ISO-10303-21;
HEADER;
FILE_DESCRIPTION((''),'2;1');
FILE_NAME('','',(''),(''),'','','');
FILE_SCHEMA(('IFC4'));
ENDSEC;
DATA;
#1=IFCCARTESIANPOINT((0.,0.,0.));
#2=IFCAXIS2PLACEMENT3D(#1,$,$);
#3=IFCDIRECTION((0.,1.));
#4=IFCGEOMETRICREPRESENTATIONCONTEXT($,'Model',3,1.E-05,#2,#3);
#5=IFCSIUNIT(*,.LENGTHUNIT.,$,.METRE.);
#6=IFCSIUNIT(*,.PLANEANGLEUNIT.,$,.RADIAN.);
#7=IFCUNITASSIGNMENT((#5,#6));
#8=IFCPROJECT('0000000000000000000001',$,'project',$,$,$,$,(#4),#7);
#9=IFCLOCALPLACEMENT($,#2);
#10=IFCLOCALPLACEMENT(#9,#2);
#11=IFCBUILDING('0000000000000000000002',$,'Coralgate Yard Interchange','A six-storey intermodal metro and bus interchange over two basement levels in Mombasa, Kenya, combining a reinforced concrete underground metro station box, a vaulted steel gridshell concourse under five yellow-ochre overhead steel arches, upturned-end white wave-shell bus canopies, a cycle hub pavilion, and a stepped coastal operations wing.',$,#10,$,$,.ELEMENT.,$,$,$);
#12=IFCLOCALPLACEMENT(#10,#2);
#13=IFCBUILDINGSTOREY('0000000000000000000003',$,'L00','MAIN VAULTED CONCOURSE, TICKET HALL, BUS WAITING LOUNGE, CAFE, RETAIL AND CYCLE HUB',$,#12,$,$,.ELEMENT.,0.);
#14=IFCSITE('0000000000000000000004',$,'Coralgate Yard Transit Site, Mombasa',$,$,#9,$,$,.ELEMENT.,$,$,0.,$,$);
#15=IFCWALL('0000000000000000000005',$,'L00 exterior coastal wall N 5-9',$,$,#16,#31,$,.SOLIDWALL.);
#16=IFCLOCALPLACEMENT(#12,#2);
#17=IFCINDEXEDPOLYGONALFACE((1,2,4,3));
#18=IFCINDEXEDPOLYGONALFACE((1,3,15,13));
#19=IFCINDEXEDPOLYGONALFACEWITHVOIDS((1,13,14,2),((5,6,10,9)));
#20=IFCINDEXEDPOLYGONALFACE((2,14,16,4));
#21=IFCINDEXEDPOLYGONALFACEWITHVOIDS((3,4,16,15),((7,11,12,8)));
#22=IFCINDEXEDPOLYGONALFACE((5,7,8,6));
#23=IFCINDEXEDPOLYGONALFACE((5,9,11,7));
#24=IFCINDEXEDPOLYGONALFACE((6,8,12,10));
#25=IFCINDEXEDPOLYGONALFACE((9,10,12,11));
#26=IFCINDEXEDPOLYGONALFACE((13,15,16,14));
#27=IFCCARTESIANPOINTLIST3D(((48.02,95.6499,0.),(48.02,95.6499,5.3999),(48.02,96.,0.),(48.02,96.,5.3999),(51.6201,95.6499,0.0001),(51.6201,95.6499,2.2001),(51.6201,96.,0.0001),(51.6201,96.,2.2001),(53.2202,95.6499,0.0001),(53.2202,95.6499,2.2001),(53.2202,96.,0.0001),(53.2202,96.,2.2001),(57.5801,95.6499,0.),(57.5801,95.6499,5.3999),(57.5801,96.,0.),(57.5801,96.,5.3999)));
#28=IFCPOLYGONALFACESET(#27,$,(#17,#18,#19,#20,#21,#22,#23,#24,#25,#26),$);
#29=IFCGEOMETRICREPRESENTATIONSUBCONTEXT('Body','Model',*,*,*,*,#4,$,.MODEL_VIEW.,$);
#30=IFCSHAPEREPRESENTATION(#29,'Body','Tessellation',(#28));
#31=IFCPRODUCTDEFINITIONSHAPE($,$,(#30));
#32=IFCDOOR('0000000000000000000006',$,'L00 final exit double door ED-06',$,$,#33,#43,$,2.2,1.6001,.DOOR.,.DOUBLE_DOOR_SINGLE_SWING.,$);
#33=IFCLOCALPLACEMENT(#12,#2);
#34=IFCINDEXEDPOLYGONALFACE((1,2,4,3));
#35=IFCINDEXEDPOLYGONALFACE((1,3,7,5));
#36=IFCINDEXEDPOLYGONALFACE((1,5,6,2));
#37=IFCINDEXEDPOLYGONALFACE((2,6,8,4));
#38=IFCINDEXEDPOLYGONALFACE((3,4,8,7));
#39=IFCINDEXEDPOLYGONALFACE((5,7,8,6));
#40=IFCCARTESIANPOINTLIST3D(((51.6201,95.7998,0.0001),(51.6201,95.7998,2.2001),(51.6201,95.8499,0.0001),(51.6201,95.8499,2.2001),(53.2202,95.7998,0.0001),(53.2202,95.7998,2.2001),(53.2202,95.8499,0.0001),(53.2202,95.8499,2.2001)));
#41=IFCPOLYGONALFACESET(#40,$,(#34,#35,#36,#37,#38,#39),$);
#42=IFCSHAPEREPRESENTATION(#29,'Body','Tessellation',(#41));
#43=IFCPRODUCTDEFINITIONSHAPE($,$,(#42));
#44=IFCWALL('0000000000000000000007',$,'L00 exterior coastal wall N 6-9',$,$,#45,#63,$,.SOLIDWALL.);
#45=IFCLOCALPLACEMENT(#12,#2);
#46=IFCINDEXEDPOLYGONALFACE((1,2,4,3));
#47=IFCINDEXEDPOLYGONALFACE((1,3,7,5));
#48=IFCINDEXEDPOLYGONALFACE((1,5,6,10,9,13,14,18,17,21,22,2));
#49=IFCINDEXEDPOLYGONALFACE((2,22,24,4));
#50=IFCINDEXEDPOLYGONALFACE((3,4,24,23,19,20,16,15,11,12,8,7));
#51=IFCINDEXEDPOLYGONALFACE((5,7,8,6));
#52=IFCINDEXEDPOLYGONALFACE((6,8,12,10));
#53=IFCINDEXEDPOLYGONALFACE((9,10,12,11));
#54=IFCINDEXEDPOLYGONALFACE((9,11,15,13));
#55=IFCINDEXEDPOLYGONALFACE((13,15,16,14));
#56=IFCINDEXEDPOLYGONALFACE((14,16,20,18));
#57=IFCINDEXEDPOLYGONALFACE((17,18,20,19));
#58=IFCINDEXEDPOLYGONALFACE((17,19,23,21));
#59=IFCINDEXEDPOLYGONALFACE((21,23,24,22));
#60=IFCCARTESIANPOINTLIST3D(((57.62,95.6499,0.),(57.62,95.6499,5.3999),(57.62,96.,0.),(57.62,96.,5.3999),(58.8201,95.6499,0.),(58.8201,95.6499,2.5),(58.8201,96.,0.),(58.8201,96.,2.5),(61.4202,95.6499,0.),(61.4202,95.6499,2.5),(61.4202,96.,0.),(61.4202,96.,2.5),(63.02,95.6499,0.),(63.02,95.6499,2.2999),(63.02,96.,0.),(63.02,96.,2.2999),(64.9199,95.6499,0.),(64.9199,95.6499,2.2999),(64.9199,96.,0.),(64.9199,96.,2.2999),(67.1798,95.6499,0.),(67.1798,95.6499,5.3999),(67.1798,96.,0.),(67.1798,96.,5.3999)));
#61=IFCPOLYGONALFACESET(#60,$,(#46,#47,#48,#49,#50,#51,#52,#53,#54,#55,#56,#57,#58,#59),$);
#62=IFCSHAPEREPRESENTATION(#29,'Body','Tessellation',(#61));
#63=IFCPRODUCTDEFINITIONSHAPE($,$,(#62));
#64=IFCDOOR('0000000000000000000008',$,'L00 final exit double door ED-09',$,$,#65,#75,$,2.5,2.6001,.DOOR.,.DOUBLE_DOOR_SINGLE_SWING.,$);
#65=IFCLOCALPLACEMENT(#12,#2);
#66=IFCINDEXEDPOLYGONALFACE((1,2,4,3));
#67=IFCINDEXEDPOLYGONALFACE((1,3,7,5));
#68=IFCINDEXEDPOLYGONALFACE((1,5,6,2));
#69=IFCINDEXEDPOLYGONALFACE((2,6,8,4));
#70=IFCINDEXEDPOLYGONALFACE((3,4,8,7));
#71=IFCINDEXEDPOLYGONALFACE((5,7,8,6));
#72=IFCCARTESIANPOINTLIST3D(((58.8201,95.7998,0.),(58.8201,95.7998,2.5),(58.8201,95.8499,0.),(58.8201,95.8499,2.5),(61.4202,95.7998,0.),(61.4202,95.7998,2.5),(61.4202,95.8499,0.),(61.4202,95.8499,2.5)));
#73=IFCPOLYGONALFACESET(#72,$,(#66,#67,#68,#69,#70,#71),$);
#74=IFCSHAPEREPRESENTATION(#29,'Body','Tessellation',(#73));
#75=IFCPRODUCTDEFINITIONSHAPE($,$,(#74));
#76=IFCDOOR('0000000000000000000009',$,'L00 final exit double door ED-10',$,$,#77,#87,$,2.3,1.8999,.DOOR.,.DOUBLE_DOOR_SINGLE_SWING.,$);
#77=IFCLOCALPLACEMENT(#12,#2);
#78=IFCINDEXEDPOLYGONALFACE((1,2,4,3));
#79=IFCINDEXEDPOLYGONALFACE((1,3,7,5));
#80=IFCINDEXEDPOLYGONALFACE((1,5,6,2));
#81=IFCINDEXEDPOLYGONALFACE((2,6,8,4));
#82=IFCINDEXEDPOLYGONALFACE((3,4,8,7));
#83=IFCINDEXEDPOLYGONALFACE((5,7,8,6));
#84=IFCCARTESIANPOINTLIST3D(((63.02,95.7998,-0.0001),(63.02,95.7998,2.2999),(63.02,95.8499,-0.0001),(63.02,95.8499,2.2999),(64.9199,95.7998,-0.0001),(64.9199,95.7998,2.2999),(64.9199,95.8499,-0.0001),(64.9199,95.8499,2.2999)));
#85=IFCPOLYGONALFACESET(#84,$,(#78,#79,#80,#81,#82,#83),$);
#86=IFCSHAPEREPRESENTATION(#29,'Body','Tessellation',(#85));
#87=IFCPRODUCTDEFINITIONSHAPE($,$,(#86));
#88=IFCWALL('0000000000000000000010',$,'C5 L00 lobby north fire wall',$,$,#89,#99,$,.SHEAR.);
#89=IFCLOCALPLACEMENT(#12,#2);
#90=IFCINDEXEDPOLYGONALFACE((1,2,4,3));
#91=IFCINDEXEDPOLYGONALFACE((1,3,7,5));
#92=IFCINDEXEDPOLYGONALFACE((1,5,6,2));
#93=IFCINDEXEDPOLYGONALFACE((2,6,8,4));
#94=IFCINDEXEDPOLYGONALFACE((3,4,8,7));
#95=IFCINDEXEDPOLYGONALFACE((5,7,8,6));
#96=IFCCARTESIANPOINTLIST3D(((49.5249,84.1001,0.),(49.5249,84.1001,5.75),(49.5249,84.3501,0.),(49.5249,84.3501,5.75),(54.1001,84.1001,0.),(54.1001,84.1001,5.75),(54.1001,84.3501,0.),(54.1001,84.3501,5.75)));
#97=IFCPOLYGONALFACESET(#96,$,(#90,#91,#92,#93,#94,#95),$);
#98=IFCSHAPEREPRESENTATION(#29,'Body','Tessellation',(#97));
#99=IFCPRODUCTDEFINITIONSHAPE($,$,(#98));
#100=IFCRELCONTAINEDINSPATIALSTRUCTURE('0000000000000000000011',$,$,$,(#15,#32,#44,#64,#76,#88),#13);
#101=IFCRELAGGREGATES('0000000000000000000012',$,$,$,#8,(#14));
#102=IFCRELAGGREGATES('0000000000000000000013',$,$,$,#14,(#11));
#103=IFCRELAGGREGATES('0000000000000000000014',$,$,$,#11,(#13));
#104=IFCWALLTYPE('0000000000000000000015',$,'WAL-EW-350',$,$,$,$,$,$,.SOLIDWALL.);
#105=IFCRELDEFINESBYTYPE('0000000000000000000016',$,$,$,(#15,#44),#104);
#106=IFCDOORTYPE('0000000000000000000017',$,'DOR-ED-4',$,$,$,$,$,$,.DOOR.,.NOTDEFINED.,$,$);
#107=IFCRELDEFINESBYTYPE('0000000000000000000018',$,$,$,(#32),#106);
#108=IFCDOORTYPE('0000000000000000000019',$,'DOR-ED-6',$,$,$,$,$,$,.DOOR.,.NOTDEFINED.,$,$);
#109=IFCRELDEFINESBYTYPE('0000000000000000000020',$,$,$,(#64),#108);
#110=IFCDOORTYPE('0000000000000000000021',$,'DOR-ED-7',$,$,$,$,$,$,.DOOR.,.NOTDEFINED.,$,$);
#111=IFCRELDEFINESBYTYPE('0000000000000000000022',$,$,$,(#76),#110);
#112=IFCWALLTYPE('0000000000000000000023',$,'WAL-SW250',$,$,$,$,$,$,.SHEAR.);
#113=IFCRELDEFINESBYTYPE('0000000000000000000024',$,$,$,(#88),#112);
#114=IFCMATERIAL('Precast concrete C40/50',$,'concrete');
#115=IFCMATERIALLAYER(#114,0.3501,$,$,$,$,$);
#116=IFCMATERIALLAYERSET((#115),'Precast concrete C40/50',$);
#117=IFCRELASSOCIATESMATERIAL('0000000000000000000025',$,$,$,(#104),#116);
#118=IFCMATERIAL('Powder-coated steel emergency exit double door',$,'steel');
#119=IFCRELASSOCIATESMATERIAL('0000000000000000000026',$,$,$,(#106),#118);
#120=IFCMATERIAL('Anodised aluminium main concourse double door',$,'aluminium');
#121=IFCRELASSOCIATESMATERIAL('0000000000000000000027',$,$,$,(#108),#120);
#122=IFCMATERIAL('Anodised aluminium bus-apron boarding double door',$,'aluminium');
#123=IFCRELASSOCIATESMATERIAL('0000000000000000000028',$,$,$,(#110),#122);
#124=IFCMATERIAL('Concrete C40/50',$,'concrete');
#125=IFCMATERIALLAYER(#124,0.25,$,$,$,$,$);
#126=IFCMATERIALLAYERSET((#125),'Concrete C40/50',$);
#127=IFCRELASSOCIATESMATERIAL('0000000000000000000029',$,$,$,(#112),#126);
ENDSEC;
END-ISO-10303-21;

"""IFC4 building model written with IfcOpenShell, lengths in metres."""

from ifc_helpers import new_model, si_unit, direction, frame, frame_2d, origin, place, context, subcontext, project, spatial, rectangle, extrude, material, layer, layer_set, type_object, element, fill, save


model = new_model("IFC4")

# Units and contexts
model_context = context("Model", 3, precision=1e-05, world=origin(), true_north=direction((0.0, 1.0)))
body_context = subcontext(model_context, "Body", "Model", "MODEL_VIEW")
ifc_project = project(units=[si_unit("LENGTHUNIT", "METRE"), si_unit("PLANEANGLEUNIT", "RADIAN")], contexts=[model_context])

# Site, building, storey
site_placement = place(None, origin())
site = spatial("IfcSite", under=ifc_project, at=site_placement, Name="Coralgate Yard Transit Site, Mombasa", CompositionType="ELEMENT", RefElevation=0.0)
building_placement = place(site_placement, origin())
building = spatial("IfcBuilding", under=site, at=building_placement, Name="Coralgate Yard Interchange", Description="A six-storey intermodal metro and bus interchange over two basement levels in Mombasa, Kenya, combining a reinforced concrete underground metro station box, a vaulted steel gridshell concourse under five yellow-ochre overhead steel arches, upturned-end white wave-shell bus canopies, a cycle hub pavilion, and a stepped coastal operations wing.", CompositionType="ELEMENT")
storey_placement = place(building_placement, origin())
storey = spatial("IfcBuildingStorey", under=building, at=storey_placement, Name="L00", Description="MAIN VAULTED CONCOURSE, TICKET HALL, BUS WAITING LOUNGE, CAFE, RETAIL AND CYCLE HUB", CompositionType="ELEMENT", Elevation=0.0)

# Shared definitions
ifc_material_1 = material(Name="Concrete C40/50", Category="concrete")

# Wall, opening, door
ifc_material_2 = material(Name="Precast concrete C40/50", Category="concrete")
ifc_layer_1 = layer(ifc_material_2, 0.3501)
ifc_layer_set_1 = layer_set([ifc_layer_1], Name="Precast concrete C40/50")
wall_type_1 = type_object("IfcWallType", Name="WAL-EW-350", PredefinedType="SOLIDWALL", material=ifc_layer_set_1)
wall_1_placement = place(storey_placement, frame((48.02, 95.825, 0.0), z_axis=(0.0, 0.0, 1.0), x_axis=(1.0, 0.0, 0.0)))
wall_1 = element("IfcWall", 1, at=wall_1_placement, inside=storey, type_object=wall_type_1, Name="L00 exterior coastal wall N 5-9", PredefinedType="SOLIDWALL", context=body_context, shape_type="SweptSolid", body=[
    extrude(rectangle(XDim=9.5601, YDim=0.3501, at=frame_2d((4.78, 0.0))), origin(), (0.0, 0.0, 1.0), 5.3999),
])
opening_1_placement = place(wall_1_placement, frame((3.6001, 0.0, 0.0)))
opening_1 = element("IfcOpeningElement", 2, at=opening_1_placement, cuts=wall_1, PredefinedType="OPENING", context=body_context, shape_type="SweptSolid", body=[
    extrude(rectangle(XDim=1.6001, YDim=2.2, at=frame_2d((0.8, 1.1001))), frame((0.0, 0.1851, 0.0), z_axis=(0.0, -1.0, 0.0), x_axis=(1.0, 0.0, 0.0)), (0.0, 0.0, 1.0), 0.3701),
])
ifc_material_3 = material(Name="Powder-coated steel emergency exit double door", Category="steel")
door_type_1 = type_object("IfcDoorType", Name="DOR-ED-4", OperationType="NOTDEFINED", PredefinedType="DOOR", material=ifc_material_3)
door_1_placement = place(opening_1_placement, origin())
door_1 = element("IfcDoor", 3, at=door_1_placement, inside=storey, type_object=door_type_1, Name="L00 final exit double door ED-06", OperationType="DOUBLE_DOOR_SINGLE_SWING", OverallHeight=2.2, OverallWidth=1.6001, PredefinedType="DOOR", context=body_context, shape_type="SweptSolid", body=[
    extrude(rectangle(XDim=1.6001, YDim=2.2, at=frame_2d((0.8, 1.1001))), frame((0.0, 0.0249, 0.0), z_axis=(0.0, -1.0, 0.0), x_axis=(1.0, 0.0, 0.0)), (0.0, 0.0, 1.0), 0.05),
])
fill(opening_1, door_1)

# Wall, openings, doors
wall_2_placement = place(storey_placement, frame((57.6201, 95.825, 0.0), z_axis=(0.0, 0.0, 1.0), x_axis=(1.0, 0.0, 0.0)))
wall_2 = element("IfcWall", 4, at=wall_2_placement, inside=storey, type_object=wall_type_1, Name="L00 exterior coastal wall N 6-9", PredefinedType="SOLIDWALL", context=body_context, shape_type="SweptSolid", body=[
    extrude(rectangle(XDim=9.5598, YDim=0.3501, at=frame_2d((4.7798, 0.0))), origin(), (0.0, 0.0, 1.0), 5.3999),
])
opening_2_placement = place(wall_2_placement, frame((1.2, 0.0, 0.0)))
opening_2 = element("IfcOpeningElement", 5, at=opening_2_placement, cuts=wall_2, PredefinedType="OPENING", context=body_context, shape_type="SweptSolid", body=[
    extrude(rectangle(XDim=2.6001, YDim=2.5, at=frame_2d((1.3, 1.25))), frame((0.0, 0.1851, 0.0), z_axis=(0.0, -1.0, 0.0), x_axis=(1.0, 0.0, 0.0)), (0.0, 0.0, 1.0), 0.3701),
])
opening_3_placement = place(wall_2_placement, frame((5.3999, 0.0, 0.0)))
opening_3 = element("IfcOpeningElement", 6, at=opening_3_placement, cuts=wall_2, PredefinedType="OPENING", context=body_context, shape_type="SweptSolid", body=[
    extrude(rectangle(XDim=1.8999, YDim=2.3, at=frame_2d((0.95, 1.1499))), frame((0.0, 0.1851, 0.0), z_axis=(0.0, -1.0, 0.0), x_axis=(1.0, 0.0, 0.0)), (0.0, 0.0, 1.0), 0.3701),
])
ifc_material_4 = material(Name="Anodised aluminium main concourse double door", Category="aluminium")
door_type_2 = type_object("IfcDoorType", Name="DOR-ED-6", OperationType="NOTDEFINED", PredefinedType="DOOR", material=ifc_material_4)
door_2_placement = place(opening_2_placement, origin())
door_2 = element("IfcDoor", 7, at=door_2_placement, inside=storey, type_object=door_type_2, Name="L00 final exit double door ED-09", OperationType="DOUBLE_DOOR_SINGLE_SWING", OverallHeight=2.5, OverallWidth=2.6001, PredefinedType="DOOR", context=body_context, shape_type="SweptSolid", body=[
    extrude(rectangle(XDim=2.6001, YDim=2.5, at=frame_2d((1.3, 1.25))), frame((0.0, 0.0249, 0.0), z_axis=(0.0, -1.0, 0.0), x_axis=(1.0, 0.0, 0.0)), (0.0, 0.0, 1.0), 0.05),
])
fill(opening_2, door_2)
ifc_material_5 = material(Name="Anodised aluminium bus-apron boarding double door", Category="aluminium")
door_type_3 = type_object("IfcDoorType", Name="DOR-ED-7", OperationType="NOTDEFINED", PredefinedType="DOOR", material=ifc_material_5)
door_3_placement = place(opening_3_placement, origin())
door_3 = element("IfcDoor", 8, at=door_3_placement, inside=storey, type_object=door_type_3, Name="L00 final exit double door ED-10", OperationType="DOUBLE_DOOR_SINGLE_SWING", OverallHeight=2.3, OverallWidth=1.8999, PredefinedType="DOOR", context=body_context, shape_type="SweptSolid", body=[
    extrude(rectangle(XDim=1.8999, YDim=2.3, at=frame_2d((0.95, 1.1499))), frame((0.0, 0.0249, 0.0), z_axis=(0.0, -1.0, 0.0), x_axis=(1.0, 0.0, 0.0)), (0.0, 0.0, 1.0), 0.05),
])
fill(opening_3, door_3)

# Wall
ifc_layer_2 = layer(ifc_material_1, 0.25)
ifc_layer_set_2 = layer_set([ifc_layer_2], Name="Concrete C40/50")
wall_type_2 = type_object("IfcWallType", Name="WAL-SW250", PredefinedType="SHEAR", material=ifc_layer_set_2)
wall_3_placement = place(storey_placement, frame((54.1001, 84.2251, 0.0), z_axis=(0.0, 0.0, 1.0), x_axis=(-1.0, 0.0, 0.0)))
element("IfcWall", 9, at=wall_3_placement, inside=storey, type_object=wall_type_2, Name="C5 L00 lobby north fire wall", PredefinedType="SHEAR", context=body_context, shape_type="SweptSolid", body=[
    extrude(rectangle(XDim=4.5752, YDim=0.25, at=frame_2d((2.2876, 0.0))), origin(), (0.0, 0.0, 1.0), 5.75),
])

save(model, "model.ifc")
